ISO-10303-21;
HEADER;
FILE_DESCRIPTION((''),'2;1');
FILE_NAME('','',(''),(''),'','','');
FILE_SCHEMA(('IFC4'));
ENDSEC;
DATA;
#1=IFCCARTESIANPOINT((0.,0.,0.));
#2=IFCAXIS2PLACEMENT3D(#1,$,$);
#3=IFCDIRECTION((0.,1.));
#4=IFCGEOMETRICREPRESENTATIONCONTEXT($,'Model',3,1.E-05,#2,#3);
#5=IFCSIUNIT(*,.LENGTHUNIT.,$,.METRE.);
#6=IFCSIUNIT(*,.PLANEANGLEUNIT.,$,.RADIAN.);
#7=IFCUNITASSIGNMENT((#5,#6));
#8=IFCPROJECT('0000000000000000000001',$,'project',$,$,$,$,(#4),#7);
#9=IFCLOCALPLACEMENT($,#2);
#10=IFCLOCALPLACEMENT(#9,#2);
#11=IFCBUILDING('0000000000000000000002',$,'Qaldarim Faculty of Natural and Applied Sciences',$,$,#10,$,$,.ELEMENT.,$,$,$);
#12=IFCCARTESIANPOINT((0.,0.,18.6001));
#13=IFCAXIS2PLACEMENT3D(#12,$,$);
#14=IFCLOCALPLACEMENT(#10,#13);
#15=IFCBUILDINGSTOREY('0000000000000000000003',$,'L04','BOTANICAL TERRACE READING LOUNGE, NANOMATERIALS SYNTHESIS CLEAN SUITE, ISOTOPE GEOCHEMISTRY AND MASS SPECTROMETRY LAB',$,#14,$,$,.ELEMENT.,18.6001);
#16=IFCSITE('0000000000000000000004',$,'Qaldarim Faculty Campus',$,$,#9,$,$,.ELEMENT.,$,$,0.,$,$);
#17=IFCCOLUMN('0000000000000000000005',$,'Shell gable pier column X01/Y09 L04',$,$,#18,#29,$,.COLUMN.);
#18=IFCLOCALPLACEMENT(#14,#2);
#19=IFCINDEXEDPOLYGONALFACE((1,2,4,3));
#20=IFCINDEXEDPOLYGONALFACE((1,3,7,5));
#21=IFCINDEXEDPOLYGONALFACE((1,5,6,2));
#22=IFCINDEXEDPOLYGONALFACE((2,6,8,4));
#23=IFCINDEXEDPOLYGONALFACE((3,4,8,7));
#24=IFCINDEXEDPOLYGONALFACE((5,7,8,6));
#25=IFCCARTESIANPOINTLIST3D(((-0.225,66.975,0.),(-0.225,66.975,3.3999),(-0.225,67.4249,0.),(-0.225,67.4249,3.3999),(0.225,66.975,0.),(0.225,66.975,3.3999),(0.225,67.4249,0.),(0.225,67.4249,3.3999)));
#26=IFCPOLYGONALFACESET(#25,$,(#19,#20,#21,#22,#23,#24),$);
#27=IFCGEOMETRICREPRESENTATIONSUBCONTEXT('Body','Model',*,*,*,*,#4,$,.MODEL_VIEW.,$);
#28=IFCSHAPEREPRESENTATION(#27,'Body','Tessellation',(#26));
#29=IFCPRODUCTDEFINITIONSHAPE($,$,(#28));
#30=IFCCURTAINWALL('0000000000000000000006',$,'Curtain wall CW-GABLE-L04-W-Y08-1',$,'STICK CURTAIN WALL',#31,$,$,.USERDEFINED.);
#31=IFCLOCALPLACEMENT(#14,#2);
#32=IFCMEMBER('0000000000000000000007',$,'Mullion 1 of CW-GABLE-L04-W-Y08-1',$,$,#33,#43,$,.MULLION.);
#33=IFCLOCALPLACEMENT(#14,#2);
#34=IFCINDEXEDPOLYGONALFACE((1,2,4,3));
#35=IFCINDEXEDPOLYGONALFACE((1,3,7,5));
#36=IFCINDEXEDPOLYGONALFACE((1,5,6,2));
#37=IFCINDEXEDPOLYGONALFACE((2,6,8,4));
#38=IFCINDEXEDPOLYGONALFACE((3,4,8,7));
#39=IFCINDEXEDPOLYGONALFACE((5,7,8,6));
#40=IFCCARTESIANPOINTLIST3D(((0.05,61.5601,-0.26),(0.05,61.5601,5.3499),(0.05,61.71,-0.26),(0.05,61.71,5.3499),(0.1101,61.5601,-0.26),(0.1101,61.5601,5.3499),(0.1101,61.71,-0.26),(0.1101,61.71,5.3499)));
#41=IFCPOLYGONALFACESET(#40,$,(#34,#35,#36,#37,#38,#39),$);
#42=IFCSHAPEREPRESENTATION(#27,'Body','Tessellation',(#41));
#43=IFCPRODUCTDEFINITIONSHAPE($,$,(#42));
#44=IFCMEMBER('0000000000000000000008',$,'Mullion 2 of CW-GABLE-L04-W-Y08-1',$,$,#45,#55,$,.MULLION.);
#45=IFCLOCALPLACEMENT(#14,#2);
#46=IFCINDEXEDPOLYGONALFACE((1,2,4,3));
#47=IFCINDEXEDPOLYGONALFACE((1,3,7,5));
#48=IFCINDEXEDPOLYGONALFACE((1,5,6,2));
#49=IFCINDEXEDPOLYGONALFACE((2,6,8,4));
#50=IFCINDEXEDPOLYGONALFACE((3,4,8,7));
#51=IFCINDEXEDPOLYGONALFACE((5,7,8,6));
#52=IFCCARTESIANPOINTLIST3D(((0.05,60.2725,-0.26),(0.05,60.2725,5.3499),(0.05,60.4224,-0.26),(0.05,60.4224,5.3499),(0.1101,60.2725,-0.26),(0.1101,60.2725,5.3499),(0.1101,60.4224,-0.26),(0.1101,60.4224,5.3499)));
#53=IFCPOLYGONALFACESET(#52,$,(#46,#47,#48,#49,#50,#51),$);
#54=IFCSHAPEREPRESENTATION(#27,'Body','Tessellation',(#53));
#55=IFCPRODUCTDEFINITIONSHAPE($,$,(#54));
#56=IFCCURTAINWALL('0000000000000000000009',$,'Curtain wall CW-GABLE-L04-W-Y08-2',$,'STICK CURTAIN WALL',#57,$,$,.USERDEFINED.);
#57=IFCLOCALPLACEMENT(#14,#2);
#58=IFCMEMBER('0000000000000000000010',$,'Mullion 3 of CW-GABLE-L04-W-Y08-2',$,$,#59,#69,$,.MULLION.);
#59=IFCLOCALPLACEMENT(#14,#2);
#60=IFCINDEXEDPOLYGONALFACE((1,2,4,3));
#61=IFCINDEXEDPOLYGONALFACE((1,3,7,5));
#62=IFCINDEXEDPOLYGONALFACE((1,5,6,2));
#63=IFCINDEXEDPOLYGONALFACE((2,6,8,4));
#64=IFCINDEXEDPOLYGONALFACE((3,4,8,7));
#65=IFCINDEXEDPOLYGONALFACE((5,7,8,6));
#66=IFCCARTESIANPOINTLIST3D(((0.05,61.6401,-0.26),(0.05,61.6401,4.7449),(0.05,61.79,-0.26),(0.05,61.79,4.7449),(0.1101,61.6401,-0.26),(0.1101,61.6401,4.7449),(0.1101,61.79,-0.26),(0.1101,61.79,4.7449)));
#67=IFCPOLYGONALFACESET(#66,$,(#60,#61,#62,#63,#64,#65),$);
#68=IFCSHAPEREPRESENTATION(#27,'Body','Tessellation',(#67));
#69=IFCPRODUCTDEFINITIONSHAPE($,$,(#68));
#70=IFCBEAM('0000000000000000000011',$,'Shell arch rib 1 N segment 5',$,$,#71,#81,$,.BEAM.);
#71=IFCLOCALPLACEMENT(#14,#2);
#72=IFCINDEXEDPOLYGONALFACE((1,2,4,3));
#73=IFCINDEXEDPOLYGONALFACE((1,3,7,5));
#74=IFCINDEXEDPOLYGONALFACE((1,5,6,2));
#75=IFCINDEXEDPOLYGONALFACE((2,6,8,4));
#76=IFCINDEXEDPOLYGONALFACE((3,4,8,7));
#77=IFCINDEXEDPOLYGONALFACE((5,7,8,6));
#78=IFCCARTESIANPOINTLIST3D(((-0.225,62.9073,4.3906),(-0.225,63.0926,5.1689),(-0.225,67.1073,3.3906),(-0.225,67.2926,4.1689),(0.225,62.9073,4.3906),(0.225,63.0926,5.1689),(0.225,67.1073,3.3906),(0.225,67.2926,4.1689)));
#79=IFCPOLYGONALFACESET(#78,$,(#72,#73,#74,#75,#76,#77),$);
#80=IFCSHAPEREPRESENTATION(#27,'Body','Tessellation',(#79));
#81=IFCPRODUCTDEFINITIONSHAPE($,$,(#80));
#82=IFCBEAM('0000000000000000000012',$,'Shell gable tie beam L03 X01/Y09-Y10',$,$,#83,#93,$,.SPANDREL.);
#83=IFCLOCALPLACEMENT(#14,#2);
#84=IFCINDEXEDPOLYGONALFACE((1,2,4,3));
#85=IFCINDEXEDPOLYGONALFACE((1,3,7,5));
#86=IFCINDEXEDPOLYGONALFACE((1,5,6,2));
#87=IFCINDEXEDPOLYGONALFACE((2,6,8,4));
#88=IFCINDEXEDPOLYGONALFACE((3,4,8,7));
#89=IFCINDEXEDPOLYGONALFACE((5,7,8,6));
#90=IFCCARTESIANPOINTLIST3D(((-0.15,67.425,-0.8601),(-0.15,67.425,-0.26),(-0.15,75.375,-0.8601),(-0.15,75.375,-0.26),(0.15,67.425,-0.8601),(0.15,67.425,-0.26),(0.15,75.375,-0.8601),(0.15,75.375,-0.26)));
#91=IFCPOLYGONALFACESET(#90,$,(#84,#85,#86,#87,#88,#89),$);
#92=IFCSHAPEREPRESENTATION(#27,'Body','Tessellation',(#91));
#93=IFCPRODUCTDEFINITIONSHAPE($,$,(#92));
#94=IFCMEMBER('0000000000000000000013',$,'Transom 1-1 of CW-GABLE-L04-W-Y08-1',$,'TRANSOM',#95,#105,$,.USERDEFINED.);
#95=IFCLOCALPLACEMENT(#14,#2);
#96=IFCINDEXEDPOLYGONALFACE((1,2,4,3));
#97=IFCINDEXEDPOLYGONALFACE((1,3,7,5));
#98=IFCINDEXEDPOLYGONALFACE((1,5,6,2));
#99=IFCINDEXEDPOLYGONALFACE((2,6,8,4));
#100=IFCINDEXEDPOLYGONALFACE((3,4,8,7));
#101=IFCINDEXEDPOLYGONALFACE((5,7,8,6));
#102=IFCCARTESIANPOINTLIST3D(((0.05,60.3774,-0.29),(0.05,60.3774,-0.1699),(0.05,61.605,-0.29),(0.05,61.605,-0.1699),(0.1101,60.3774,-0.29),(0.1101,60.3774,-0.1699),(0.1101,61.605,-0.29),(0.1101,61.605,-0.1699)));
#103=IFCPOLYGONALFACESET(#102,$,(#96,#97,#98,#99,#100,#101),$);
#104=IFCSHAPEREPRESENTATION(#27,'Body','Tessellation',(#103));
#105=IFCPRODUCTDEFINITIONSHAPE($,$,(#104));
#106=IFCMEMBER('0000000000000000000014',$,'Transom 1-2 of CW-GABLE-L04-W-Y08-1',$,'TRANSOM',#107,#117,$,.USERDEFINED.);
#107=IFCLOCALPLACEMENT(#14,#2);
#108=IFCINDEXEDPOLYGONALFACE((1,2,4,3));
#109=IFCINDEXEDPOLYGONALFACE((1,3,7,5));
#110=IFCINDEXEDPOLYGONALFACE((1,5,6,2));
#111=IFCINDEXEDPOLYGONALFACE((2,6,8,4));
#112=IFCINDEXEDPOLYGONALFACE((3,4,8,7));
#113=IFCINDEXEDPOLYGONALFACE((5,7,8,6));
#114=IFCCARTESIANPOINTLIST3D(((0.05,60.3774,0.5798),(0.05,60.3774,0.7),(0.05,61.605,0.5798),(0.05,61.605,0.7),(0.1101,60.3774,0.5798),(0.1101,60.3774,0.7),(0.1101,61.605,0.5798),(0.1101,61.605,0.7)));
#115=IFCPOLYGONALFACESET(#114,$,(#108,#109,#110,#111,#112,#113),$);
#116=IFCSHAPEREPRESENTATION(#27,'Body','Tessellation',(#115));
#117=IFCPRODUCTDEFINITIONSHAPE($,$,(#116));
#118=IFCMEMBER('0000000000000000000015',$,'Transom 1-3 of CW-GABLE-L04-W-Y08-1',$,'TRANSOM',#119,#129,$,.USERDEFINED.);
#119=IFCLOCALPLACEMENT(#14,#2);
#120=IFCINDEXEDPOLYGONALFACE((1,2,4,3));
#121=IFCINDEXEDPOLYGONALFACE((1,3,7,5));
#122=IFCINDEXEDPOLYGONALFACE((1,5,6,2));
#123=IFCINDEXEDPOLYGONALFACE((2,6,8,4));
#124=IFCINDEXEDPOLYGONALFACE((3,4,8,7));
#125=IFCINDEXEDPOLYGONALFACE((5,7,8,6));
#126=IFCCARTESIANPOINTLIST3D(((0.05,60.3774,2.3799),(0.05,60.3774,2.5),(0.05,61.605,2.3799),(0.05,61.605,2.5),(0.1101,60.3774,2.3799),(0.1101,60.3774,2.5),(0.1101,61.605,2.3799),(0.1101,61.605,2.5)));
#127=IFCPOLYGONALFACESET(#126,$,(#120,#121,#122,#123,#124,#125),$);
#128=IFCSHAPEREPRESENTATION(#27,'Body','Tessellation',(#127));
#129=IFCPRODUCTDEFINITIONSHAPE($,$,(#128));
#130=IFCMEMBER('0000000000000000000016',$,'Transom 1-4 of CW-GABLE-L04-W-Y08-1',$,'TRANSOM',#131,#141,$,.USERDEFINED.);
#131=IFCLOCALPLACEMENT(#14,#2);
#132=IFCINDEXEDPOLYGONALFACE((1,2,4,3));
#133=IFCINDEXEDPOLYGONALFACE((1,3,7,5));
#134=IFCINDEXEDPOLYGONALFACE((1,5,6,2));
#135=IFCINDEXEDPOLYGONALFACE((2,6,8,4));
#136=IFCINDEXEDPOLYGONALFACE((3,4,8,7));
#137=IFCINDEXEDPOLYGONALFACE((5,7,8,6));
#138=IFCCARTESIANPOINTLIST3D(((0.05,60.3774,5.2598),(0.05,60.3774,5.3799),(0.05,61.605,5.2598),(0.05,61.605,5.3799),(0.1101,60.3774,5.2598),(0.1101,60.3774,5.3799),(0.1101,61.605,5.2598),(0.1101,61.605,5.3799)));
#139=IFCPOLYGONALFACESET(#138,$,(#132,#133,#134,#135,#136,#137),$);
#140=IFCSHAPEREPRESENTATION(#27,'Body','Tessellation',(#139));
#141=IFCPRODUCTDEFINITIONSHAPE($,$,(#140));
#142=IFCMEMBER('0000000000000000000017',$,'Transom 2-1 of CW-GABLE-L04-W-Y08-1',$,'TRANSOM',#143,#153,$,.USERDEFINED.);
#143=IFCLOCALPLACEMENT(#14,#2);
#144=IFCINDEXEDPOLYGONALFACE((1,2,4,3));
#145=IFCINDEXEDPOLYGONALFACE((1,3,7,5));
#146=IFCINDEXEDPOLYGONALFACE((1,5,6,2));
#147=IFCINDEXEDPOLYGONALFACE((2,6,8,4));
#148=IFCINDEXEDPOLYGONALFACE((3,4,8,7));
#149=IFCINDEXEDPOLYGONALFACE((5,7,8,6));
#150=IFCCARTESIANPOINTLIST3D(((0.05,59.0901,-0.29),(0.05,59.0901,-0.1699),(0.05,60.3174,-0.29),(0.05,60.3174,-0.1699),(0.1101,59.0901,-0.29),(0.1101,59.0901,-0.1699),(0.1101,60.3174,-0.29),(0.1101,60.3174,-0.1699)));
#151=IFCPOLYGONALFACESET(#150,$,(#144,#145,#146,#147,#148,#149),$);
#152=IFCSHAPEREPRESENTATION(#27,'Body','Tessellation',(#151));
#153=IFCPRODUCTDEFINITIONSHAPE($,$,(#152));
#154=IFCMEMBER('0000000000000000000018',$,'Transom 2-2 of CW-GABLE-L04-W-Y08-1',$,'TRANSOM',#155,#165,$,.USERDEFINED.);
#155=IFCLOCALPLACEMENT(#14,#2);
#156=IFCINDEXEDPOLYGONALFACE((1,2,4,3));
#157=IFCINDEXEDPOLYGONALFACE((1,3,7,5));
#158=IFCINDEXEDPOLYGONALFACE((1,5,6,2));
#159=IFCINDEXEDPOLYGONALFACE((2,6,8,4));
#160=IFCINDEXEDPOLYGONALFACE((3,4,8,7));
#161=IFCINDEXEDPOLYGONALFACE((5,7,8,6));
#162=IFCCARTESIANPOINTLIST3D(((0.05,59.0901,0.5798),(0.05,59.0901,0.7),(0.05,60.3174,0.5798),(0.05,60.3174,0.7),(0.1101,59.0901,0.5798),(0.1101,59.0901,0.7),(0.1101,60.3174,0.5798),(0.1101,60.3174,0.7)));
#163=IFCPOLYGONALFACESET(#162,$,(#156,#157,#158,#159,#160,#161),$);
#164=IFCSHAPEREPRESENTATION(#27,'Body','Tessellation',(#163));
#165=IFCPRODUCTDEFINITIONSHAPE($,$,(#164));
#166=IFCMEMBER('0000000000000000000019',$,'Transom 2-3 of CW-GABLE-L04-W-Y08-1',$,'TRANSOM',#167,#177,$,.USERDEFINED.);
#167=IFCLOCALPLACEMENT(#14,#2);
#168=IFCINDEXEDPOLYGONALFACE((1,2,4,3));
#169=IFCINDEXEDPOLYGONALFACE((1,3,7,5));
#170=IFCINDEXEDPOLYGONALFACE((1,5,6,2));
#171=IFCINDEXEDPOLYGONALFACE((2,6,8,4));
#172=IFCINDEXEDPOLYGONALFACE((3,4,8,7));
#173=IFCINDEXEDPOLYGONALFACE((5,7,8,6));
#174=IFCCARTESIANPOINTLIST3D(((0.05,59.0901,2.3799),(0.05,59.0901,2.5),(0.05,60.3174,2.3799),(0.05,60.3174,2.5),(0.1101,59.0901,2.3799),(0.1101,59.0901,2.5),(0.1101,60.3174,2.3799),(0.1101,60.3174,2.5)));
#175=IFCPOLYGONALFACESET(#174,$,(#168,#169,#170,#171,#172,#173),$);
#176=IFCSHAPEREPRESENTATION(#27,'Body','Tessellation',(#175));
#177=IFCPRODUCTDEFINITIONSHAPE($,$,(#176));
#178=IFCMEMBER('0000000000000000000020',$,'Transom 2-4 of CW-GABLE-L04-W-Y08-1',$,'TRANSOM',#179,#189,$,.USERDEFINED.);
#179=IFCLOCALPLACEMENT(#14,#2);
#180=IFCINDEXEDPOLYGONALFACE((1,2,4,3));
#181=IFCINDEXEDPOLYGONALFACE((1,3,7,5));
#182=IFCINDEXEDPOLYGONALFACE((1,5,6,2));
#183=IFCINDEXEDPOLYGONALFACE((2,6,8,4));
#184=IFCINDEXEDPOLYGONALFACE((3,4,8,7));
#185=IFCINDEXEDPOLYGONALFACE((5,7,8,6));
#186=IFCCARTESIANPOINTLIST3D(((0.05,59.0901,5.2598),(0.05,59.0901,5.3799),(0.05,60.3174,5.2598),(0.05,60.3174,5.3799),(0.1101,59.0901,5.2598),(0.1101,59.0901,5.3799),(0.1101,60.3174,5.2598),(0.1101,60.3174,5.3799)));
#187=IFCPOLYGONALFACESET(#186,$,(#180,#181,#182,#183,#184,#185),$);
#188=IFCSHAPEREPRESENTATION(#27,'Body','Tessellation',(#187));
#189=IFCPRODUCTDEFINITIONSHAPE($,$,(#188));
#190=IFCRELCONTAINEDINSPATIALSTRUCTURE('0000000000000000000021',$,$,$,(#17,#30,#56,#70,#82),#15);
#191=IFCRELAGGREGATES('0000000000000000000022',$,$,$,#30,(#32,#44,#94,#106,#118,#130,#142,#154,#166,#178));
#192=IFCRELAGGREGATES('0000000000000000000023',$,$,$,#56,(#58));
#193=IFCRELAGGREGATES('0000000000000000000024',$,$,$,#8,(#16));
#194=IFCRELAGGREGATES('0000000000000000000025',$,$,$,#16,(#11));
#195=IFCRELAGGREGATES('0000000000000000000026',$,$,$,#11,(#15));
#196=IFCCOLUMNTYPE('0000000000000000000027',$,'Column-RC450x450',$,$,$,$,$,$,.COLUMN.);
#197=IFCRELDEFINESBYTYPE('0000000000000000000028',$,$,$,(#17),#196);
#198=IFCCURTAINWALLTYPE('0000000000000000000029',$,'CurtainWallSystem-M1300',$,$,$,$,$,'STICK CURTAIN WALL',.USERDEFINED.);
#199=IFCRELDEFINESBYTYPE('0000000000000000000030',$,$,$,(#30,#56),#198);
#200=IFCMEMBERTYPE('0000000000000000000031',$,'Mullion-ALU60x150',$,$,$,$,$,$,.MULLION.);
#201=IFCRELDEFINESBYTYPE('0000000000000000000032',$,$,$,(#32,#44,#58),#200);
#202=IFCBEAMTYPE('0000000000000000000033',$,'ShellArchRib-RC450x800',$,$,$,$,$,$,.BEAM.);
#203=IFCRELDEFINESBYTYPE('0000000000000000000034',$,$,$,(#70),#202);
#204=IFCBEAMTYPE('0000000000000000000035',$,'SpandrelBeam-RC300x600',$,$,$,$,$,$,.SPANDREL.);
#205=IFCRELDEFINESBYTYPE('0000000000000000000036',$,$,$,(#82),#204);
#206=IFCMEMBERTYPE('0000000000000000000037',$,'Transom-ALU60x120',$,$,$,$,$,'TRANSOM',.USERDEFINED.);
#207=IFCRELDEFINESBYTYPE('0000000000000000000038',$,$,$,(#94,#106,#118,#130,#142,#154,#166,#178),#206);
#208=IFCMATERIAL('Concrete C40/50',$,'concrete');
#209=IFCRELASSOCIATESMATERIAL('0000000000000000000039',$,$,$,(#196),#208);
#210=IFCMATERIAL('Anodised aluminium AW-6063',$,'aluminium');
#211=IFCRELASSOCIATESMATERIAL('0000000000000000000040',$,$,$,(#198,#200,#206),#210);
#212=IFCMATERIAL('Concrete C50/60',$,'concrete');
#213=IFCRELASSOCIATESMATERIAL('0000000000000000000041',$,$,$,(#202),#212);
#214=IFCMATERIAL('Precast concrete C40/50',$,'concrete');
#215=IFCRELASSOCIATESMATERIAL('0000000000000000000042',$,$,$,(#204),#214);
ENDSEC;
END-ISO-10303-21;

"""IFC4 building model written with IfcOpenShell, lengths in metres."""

from ifc_helpers import new_model, si_unit, direction, frame, origin, origin_2d, place, context, subcontext, project, spatial, rectangle, extrude, material, material_profile, profile_set, type_object, element, aggregate, save


model = new_model("IFC4")

# Units and contexts
model_context = context("Model", 3, precision=1e-05, world=origin(), true_north=direction((0.0, 1.0)))
body_context = subcontext(model_context, "Body", "Model", "MODEL_VIEW")
ifc_project = project(units=[si_unit("LENGTHUNIT", "METRE"), si_unit("PLANEANGLEUNIT", "RADIAN")], contexts=[model_context])

# Site, building, storey
site_placement = place(None, origin())
site = spatial("IfcSite", under=ifc_project, at=site_placement, Name="Qaldarim Faculty Campus", CompositionType="ELEMENT", RefElevation=0.0)
building_placement = place(site_placement, origin())
building = spatial("IfcBuilding", under=site, at=building_placement, Name="Qaldarim Faculty of Natural and Applied Sciences", CompositionType="ELEMENT")
storey_placement = place(building_placement, frame((0.0, 0.0, 18.6001)))
storey = spatial("IfcBuildingStorey", under=building, at=storey_placement, Name="L04", Description="BOTANICAL TERRACE READING LOUNGE, NANOMATERIALS SYNTHESIS CLEAN SUITE, ISOTOPE GEOCHEMISTRY AND MASS SPECTROMETRY LAB", CompositionType="ELEMENT", Elevation=18.6001)

# Column
ifc_material_1 = material(Name="Concrete C40/50", Category="concrete")
ifc_material_profile_1 = material_profile(ifc_material_1, rectangle(XDim=0.45, YDim=0.45, at=origin_2d()), Name="RC-C450x450")
ifc_profile_set_1 = profile_set([ifc_material_profile_1], Name="Concrete C40/50")
column_type = type_object("IfcColumnType", Name="Column-RC450x450", PredefinedType="COLUMN", material=ifc_profile_set_1)
column_placement = place(storey_placement, frame((0.0, 67.2, 0.0), z_axis=(0.0, 0.0, 1.0), x_axis=(1.0, 0.0, 0.0)))
element("IfcColumn", 1, at=column_placement, inside=storey, type_object=column_type, Name="Shell gable pier column X01/Y09 L04", PredefinedType="COLUMN", context=body_context, shape_type="SweptSolid", body=[
    extrude(rectangle(XDim=0.45, YDim=0.45, at=origin_2d()), origin(), (0.0, 0.0, 1.0), 3.3999),
])

# Curtain wall, members
ifc_material_2 = material(Name="Anodised aluminium AW-6063", Category="aluminium")
curtain_wall_type = type_object("IfcCurtainWallType", Name="CurtainWallSystem-M1300", ElementType="STICK CURTAIN WALL", PredefinedType="USERDEFINED", material=ifc_material_2)
curtain_wall_1_placement = place(storey_placement, origin())
curtain_wall_1 = element("IfcCurtainWall", 2, at=curtain_wall_1_placement, inside=storey, type_object=curtain_wall_type, Name="Curtain wall CW-GABLE-L04-W-Y08-1", ObjectType="STICK CURTAIN WALL", PredefinedType="USERDEFINED")
ifc_material_profile_2 = material_profile(ifc_material_2, rectangle(XDim=0.0601, YDim=0.1499, at=origin_2d()), Name="ALU-M60x150")
ifc_profile_set_2 = profile_set([ifc_material_profile_2], Name="Anodised aluminium AW-6063")
member_type_1 = type_object("IfcMemberType", Name="Mullion-ALU60x150", PredefinedType="MULLION", material=ifc_profile_set_2)
member_1_placement = place(storey_placement, frame((0.0801, 61.635, -0.26), z_axis=(0.0, 0.0, 1.0), x_axis=(1.0, 0.0, 0.0)))
member_1 = element("IfcMember", 3, at=member_1_placement, type_object=member_type_1, Name="Mullion 1 of CW-GABLE-L04-W-Y08-1", PredefinedType="MULLION", context=body_context, shape_type="SweptSolid", body=[
    extrude(rectangle(XDim=0.0601, YDim=0.1499, at=origin_2d()), origin(), (0.0, 0.0, 1.0), 5.6099),
])
member_2_placement = place(storey_placement, frame((0.0801, 60.3474, -0.26), z_axis=(0.0, 0.0, 1.0), x_axis=(1.0, 0.0, 0.0)))
member_2 = element("IfcMember", 4, at=member_2_placement, type_object=member_type_1, Name="Mullion 2 of CW-GABLE-L04-W-Y08-1", PredefinedType="MULLION", context=body_context, shape_type="SweptSolid", body=[
    extrude(rectangle(XDim=0.0601, YDim=0.1499, at=origin_2d()), origin(), (0.0, 0.0, 1.0), 5.6099),
])

# Curtain wall, member
curtain_wall_2_placement = place(storey_placement, origin())
curtain_wall_2 = element("IfcCurtainWall", 5, at=curtain_wall_2_placement, inside=storey, type_object=curtain_wall_type, Name="Curtain wall CW-GABLE-L04-W-Y08-2", ObjectType="STICK CURTAIN WALL", PredefinedType="USERDEFINED")
member_3_placement = place(storey_placement, frame((0.0801, 61.7151, -0.26), z_axis=(0.0, 0.0, 1.0), x_axis=(1.0, 0.0, 0.0)))
member_3 = element("IfcMember", 6, at=member_3_placement, type_object=member_type_1, Name="Mullion 3 of CW-GABLE-L04-W-Y08-2", PredefinedType="MULLION", context=body_context, shape_type="SweptSolid", body=[
    extrude(rectangle(XDim=0.0601, YDim=0.1499, at=origin_2d()), origin(), (0.0, 0.0, 1.0), 5.0049),
])

# Beams
ifc_material_3 = material(Name="Concrete C50/60", Category="concrete")
ifc_material_profile_3 = material_profile(ifc_material_3, rectangle(XDim=0.45, YDim=0.8, at=origin_2d()), Name="RC-RIB450x800")
ifc_profile_set_3 = profile_set([ifc_material_profile_3], Name="Concrete C50/60")
beam_type_1 = type_object("IfcBeamType", Name="ShellArchRib-RC450x800", PredefinedType="BEAM", material=ifc_profile_set_3)
beam_1_placement = place(storey_placement, frame((0.0, 67.2, 3.7798), z_axis=(0.0, -0.972806, 0.231623), x_axis=(1.0, 0.0, 0.0)))
element("IfcBeam", 7, at=beam_1_placement, inside=storey, type_object=beam_type_1, Name="Shell arch rib 1 N segment 5", PredefinedType="BEAM", context=body_context, shape_type="SweptSolid", body=[
    extrude(rectangle(XDim=0.45, YDim=0.8, at=origin_2d()), origin(), (0.0, 0.0, 1.0), 4.3174),
])
ifc_material_4 = material(Name="Precast concrete C40/50", Category="concrete")
ifc_material_profile_4 = material_profile(ifc_material_4, rectangle(XDim=0.3, YDim=0.6001, at=origin_2d()), Name="RC-SP300x600")
ifc_profile_set_4 = profile_set([ifc_material_profile_4], Name="Precast concrete C40/50")
beam_type_2 = type_object("IfcBeamType", Name="SpandrelBeam-RC300x600", PredefinedType="SPANDREL", material=ifc_profile_set_4)
beam_2_placement = place(storey_placement, frame((0.0, 67.425, -0.5601), z_axis=(0.0, 1.0, 0.0), x_axis=(-1.0, 0.0, 0.0)))
element("IfcBeam", 8, at=beam_2_placement, inside=storey, type_object=beam_type_2, Name="Shell gable tie beam L03 X01/Y09-Y10", PredefinedType="SPANDREL", context=body_context, shape_type="SweptSolid", body=[
    extrude(rectangle(XDim=0.3, YDim=0.6001, at=origin_2d()), origin(), (0.0, 0.0, 1.0), 7.95),
])

# Members
ifc_material_profile_5 = material_profile(ifc_material_2, rectangle(XDim=0.0601, YDim=0.1201, at=origin_2d()), Name="ALU-T60x120")
ifc_profile_set_5 = profile_set([ifc_material_profile_5], Name="Anodised aluminium AW-6063")
member_type_2 = type_object("IfcMemberType", Name="Transom-ALU60x120", ElementType="TRANSOM", PredefinedType="USERDEFINED", material=ifc_profile_set_5)
member_4_placement = place(storey_placement, frame((0.0801, 61.605, -0.23), z_axis=(0.0, -1.0, 0.0), x_axis=(1.0, 0.0, 0.0)))
member_4 = element("IfcMember", 9, at=member_4_placement, type_object=member_type_2, Name="Transom 1-1 of CW-GABLE-L04-W-Y08-1", ObjectType="TRANSOM", PredefinedType="USERDEFINED", context=body_context, shape_type="SweptSolid", body=[
    extrude(rectangle(XDim=0.0601, YDim=0.1201, at=origin_2d()), origin(), (0.0, 0.0, 1.0), 1.2275),
])
member_5_placement = place(storey_placement, frame((0.0801, 61.605, 0.6399), z_axis=(0.0, -1.0, 0.0), x_axis=(1.0, 0.0, 0.0)))
member_5 = element("IfcMember", 10, at=member_5_placement, type_object=member_type_2, Name="Transom 1-2 of CW-GABLE-L04-W-Y08-1", ObjectType="TRANSOM", PredefinedType="USERDEFINED", context=body_context, shape_type="SweptSolid", body=[
    extrude(rectangle(XDim=0.0601, YDim=0.1201, at=origin_2d()), origin(), (0.0, 0.0, 1.0), 1.2275),
])
member_6_placement = place(storey_placement, frame((0.0801, 61.605, 2.4399), z_axis=(0.0, -1.0, 0.0), x_axis=(1.0, 0.0, 0.0)))
member_6 = element("IfcMember", 11, at=member_6_placement, type_object=member_type_2, Name="Transom 1-3 of CW-GABLE-L04-W-Y08-1", ObjectType="TRANSOM", PredefinedType="USERDEFINED", context=body_context, shape_type="SweptSolid", body=[
    extrude(rectangle(XDim=0.0601, YDim=0.1201, at=origin_2d()), origin(), (0.0, 0.0, 1.0), 1.2275),
])
member_7_placement = place(storey_placement, frame((0.0801, 61.605, 5.3198), z_axis=(0.0, -1.0, 0.0), x_axis=(1.0, 0.0, 0.0)))
member_7 = element("IfcMember", 12, at=member_7_placement, type_object=member_type_2, Name="Transom 1-4 of CW-GABLE-L04-W-Y08-1", ObjectType="TRANSOM", PredefinedType="USERDEFINED", context=body_context, shape_type="SweptSolid", body=[
    extrude(rectangle(XDim=0.0601, YDim=0.1201, at=origin_2d()), origin(), (0.0, 0.0, 1.0), 1.2275),
])
member_8_placement = place(storey_placement, frame((0.0801, 60.3174, -0.23), z_axis=(0.0, -1.0, 0.0), x_axis=(1.0, 0.0, 0.0)))
member_8 = element("IfcMember", 13, at=member_8_placement, type_object=member_type_2, Name="Transom 2-1 of CW-GABLE-L04-W-Y08-1", ObjectType="TRANSOM", PredefinedType="USERDEFINED", context=body_context, shape_type="SweptSolid", body=[
    extrude(rectangle(XDim=0.0601, YDim=0.1201, at=origin_2d()), origin(), (0.0, 0.0, 1.0), 1.2273),
])
member_9_placement = place(storey_placement, frame((0.0801, 60.3174, 0.6399), z_axis=(0.0, -1.0, 0.0), x_axis=(1.0, 0.0, 0.0)))
member_9 = element("IfcMember", 14, at=member_9_placement, type_object=member_type_2, Name="Transom 2-2 of CW-GABLE-L04-W-Y08-1", ObjectType="TRANSOM", PredefinedType="USERDEFINED", context=body_context, shape_type="SweptSolid", body=[
    extrude(rectangle(XDim=0.0601, YDim=0.1201, at=origin_2d()), origin(), (0.0, 0.0, 1.0), 1.2273),
])
member_10_placement = place(storey_placement, frame((0.0801, 60.3174, 2.4399), z_axis=(0.0, -1.0, 0.0), x_axis=(1.0, 0.0, 0.0)))
member_10 = element("IfcMember", 15, at=member_10_placement, type_object=member_type_2, Name="Transom 2-3 of CW-GABLE-L04-W-Y08-1", ObjectType="TRANSOM", PredefinedType="USERDEFINED", context=body_context, shape_type="SweptSolid", body=[
    extrude(rectangle(XDim=0.0601, YDim=0.1201, at=origin_2d()), origin(), (0.0, 0.0, 1.0), 1.2273),
])
member_11_placement = place(storey_placement, frame((0.0801, 60.3174, 5.3198), z_axis=(0.0, -1.0, 0.0), x_axis=(1.0, 0.0, 0.0)))
member_11 = element("IfcMember", 16, at=member_11_placement, type_object=member_type_2, Name="Transom 2-4 of CW-GABLE-L04-W-Y08-1", ObjectType="TRANSOM", PredefinedType="USERDEFINED", context=body_context, shape_type="SweptSolid", body=[
    extrude(rectangle(XDim=0.0601, YDim=0.1201, at=origin_2d()), origin(), (0.0, 0.0, 1.0), 1.2273),
])

aggregate(curtain_wall_1, [member_1, member_2, member_4, member_5, member_6, member_7, member_8, member_9, member_10, member_11])
aggregate(curtain_wall_2, [member_3])

save(model, "model.ifc")
